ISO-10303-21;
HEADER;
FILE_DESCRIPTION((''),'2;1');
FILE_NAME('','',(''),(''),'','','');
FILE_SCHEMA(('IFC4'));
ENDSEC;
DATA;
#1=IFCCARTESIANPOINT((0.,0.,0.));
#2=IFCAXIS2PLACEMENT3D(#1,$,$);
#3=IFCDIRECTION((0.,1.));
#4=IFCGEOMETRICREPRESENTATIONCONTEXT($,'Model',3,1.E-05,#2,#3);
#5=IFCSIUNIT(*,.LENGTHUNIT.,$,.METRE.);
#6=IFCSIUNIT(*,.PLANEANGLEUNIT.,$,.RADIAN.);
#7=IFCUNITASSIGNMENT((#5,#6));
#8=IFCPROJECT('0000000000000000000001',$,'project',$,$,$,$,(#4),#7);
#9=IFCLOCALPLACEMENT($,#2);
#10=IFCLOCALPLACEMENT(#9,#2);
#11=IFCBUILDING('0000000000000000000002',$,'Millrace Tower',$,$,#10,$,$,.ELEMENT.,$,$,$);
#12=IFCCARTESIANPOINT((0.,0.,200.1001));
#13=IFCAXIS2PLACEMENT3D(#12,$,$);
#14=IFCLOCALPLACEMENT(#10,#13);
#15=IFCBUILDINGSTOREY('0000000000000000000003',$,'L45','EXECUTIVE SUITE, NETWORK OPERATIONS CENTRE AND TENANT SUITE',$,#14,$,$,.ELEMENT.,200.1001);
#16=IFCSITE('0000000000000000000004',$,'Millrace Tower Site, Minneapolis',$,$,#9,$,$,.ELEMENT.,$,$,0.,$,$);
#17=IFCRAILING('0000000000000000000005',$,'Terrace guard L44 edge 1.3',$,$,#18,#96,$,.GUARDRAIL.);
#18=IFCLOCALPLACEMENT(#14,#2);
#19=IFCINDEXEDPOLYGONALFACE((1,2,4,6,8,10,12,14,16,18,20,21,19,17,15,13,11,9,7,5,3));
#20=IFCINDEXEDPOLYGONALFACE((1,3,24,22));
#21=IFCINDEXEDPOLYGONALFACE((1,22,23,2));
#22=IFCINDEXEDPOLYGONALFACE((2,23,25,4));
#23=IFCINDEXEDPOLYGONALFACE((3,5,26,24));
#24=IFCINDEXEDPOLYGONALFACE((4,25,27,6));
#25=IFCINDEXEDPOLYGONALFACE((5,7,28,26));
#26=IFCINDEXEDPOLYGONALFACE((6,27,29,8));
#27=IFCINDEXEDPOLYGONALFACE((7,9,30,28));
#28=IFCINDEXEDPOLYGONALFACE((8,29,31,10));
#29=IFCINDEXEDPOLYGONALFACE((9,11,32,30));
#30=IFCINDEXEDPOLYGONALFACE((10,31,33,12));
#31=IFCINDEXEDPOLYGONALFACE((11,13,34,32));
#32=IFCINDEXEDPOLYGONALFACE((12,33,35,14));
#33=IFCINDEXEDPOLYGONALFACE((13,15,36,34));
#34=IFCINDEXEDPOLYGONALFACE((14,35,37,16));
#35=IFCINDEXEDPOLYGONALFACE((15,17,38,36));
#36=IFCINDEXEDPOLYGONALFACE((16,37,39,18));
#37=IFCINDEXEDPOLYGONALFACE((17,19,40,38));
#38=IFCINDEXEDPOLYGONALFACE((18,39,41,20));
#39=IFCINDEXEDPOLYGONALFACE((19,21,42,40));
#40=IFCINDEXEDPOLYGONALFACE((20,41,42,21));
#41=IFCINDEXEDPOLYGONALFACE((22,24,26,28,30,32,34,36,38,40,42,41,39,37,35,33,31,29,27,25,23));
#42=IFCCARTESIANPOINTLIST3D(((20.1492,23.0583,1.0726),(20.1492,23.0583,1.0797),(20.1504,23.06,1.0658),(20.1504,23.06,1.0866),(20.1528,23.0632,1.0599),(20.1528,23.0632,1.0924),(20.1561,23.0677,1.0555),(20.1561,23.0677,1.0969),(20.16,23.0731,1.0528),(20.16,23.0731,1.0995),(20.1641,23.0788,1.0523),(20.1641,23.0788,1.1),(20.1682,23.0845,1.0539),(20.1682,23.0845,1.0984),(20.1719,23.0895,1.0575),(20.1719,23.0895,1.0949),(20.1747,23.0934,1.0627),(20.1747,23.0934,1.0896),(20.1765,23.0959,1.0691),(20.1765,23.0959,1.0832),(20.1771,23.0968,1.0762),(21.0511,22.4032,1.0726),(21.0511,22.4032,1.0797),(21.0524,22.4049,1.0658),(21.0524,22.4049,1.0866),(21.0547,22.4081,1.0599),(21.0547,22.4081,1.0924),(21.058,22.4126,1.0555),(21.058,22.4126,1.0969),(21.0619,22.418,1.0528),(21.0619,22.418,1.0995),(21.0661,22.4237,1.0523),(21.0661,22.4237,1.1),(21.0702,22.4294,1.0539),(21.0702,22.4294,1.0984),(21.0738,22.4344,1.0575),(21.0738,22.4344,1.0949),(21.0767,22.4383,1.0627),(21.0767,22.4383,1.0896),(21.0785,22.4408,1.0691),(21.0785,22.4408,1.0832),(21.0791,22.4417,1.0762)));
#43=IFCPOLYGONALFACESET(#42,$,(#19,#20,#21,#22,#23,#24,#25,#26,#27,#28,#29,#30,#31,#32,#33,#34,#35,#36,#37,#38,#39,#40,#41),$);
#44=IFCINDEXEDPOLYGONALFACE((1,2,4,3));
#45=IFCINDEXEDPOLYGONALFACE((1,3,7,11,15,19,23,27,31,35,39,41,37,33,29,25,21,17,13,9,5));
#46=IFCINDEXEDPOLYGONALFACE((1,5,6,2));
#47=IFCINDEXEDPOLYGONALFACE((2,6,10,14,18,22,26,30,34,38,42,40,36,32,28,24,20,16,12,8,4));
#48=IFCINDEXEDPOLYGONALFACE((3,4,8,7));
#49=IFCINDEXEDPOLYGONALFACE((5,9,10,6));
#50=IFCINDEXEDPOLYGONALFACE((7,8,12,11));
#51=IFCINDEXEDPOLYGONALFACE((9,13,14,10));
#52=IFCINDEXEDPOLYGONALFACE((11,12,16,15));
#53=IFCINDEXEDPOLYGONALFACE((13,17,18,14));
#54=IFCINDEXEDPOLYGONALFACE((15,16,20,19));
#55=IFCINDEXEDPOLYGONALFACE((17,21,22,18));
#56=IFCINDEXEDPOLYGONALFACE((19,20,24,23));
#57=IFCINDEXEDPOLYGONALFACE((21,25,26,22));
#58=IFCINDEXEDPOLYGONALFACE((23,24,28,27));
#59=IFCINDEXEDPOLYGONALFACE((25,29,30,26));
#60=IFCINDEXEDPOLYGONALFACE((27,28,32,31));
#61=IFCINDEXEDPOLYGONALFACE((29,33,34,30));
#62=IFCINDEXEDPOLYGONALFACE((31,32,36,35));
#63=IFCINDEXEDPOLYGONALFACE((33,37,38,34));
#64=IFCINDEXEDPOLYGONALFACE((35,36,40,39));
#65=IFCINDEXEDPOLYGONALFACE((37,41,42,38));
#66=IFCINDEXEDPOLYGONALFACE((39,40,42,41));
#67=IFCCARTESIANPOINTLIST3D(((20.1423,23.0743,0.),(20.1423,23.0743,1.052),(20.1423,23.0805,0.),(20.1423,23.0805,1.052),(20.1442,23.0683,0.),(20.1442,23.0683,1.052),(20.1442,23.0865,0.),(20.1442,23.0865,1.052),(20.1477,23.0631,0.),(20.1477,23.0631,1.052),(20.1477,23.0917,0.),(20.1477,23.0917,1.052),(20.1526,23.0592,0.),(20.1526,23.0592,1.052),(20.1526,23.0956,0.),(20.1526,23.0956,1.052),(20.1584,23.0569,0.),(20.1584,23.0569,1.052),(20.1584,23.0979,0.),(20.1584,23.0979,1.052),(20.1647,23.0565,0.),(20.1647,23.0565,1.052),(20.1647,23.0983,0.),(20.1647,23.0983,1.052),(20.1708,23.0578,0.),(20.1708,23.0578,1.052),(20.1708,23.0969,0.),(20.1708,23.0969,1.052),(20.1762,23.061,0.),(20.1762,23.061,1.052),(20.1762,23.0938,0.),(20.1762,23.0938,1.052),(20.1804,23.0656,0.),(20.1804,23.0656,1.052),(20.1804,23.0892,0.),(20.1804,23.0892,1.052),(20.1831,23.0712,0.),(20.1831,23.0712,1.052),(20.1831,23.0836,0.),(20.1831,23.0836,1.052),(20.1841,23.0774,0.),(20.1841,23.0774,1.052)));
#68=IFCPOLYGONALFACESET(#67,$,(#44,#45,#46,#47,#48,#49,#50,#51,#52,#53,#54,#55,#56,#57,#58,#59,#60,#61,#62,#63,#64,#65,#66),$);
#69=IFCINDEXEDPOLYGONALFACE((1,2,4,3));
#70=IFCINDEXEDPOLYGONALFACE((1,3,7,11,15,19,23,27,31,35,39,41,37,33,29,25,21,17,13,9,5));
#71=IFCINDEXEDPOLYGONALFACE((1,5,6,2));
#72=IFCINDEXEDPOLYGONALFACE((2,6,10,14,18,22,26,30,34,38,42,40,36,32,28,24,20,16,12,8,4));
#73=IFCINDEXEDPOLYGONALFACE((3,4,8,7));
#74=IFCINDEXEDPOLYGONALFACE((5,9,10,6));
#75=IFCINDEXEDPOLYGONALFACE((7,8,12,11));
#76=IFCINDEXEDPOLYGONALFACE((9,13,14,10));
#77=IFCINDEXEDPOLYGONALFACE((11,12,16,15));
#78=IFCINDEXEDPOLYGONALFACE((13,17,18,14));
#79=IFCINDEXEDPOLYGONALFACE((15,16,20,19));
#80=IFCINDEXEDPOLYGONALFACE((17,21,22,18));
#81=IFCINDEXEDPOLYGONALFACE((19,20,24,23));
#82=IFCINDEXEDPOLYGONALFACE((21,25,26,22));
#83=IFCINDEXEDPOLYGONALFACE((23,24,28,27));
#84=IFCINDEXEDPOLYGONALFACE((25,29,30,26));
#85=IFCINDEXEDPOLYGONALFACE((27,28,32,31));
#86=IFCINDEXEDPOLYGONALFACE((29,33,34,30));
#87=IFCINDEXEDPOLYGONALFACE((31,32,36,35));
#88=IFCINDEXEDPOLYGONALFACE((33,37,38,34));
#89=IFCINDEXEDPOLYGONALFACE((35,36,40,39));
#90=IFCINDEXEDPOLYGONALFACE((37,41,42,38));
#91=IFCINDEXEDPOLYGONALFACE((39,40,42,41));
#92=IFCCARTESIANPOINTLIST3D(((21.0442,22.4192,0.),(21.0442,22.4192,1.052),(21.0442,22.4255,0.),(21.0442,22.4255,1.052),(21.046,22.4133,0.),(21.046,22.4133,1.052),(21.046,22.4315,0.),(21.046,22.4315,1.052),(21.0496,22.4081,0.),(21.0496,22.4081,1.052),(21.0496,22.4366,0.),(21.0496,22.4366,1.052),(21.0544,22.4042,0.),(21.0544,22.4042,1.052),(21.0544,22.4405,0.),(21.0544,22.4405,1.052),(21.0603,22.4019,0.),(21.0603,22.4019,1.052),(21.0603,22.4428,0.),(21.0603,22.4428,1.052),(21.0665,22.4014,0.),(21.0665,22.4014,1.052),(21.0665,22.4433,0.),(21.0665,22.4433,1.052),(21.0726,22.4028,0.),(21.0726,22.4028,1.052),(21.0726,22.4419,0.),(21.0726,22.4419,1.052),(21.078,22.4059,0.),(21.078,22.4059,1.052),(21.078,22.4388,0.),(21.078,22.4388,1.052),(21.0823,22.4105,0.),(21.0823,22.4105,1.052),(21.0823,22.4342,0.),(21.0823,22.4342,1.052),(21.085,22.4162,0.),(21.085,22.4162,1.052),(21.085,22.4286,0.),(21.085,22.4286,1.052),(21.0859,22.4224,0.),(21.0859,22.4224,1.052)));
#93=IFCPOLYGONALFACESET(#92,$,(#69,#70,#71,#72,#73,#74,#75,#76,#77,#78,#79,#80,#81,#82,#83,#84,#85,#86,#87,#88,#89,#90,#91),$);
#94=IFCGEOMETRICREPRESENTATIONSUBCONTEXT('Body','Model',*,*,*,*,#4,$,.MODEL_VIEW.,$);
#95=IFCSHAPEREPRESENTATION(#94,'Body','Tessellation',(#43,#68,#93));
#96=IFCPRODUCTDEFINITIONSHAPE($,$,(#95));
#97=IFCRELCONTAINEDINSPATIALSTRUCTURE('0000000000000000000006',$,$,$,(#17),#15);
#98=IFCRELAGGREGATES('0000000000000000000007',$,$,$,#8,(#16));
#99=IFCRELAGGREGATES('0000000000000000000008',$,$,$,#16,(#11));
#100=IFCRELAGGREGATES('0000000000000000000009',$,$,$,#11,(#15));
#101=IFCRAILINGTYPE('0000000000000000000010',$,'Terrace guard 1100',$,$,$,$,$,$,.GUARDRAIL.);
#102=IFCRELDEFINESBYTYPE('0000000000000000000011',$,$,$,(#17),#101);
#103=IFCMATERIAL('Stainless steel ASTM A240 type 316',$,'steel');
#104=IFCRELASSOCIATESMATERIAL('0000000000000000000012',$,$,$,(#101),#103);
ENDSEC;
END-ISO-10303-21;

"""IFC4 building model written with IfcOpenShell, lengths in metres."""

from ifc_helpers import new_model, si_unit, direction, frame, origin, origin_2d, place, context, subcontext, project, spatial, circle, extrude, material, type_object, element, save


model = new_model("IFC4")

# Units and contexts
model_context = context("Model", 3, precision=1e-05, world=origin(), true_north=direction((0.0, 1.0)))
body_context = subcontext(model_context, "Body", "Model", "MODEL_VIEW")
ifc_project = project(units=[si_unit("LENGTHUNIT", "METRE"), si_unit("PLANEANGLEUNIT", "RADIAN")], contexts=[model_context])

# Site, building, storey
site_placement = place(None, origin())
site = spatial("IfcSite", under=ifc_project, at=site_placement, Name="Millrace Tower Site, Minneapolis", CompositionType="ELEMENT", RefElevation=0.0)
building_placement = place(site_placement, origin())
building = spatial("IfcBuilding", under=site, at=building_placement, Name="Millrace Tower", CompositionType="ELEMENT")
storey_placement = place(building_placement, frame((0.0, 0.0, 200.1001)))
storey = spatial("IfcBuildingStorey", under=building, at=storey_placement, Name="L45", Description="EXECUTIVE SUITE, NETWORK OPERATIONS CENTRE AND TENANT SUITE", CompositionType="ELEMENT", Elevation=200.1001)

# Railing
ifc_material_1 = material(Name="Stainless steel ASTM A240 type 316", Category="steel")
railing_type = type_object("IfcRailingType", Name="Terrace guard 1100", PredefinedType="GUARDRAIL", material=ifc_material_1)
railing_1_placement = place(storey_placement, frame((20.1631, 23.0774, 0.0)))
element("IfcRailing", 1, at=railing_1_placement, inside=storey, type_object=railing_type, Name="Terrace guard L44 edge 1.3", PredefinedType="GUARDRAIL", context=body_context, shape_type="SweptSolid", body=[
    extrude(circle(Radius=0.0239, at=origin_2d()), frame((0.0, 0.0, 1.0762), z_axis=(0.809105, -0.587664, 0.0), x_axis=(0.587664, 0.809105, 0.0)), (0.0, 0.0, 1.0), 1.1147),
    extrude(circle(Radius=0.021, at=origin_2d()), origin(), (0.0, 0.0, 1.0), 1.052),
    extrude(circle(Radius=0.021, at=origin_2d()), frame((0.9019, -0.655, 0.0)), (0.0, 0.0, 1.0), 1.052),
])

save(model, "model.ifc")
